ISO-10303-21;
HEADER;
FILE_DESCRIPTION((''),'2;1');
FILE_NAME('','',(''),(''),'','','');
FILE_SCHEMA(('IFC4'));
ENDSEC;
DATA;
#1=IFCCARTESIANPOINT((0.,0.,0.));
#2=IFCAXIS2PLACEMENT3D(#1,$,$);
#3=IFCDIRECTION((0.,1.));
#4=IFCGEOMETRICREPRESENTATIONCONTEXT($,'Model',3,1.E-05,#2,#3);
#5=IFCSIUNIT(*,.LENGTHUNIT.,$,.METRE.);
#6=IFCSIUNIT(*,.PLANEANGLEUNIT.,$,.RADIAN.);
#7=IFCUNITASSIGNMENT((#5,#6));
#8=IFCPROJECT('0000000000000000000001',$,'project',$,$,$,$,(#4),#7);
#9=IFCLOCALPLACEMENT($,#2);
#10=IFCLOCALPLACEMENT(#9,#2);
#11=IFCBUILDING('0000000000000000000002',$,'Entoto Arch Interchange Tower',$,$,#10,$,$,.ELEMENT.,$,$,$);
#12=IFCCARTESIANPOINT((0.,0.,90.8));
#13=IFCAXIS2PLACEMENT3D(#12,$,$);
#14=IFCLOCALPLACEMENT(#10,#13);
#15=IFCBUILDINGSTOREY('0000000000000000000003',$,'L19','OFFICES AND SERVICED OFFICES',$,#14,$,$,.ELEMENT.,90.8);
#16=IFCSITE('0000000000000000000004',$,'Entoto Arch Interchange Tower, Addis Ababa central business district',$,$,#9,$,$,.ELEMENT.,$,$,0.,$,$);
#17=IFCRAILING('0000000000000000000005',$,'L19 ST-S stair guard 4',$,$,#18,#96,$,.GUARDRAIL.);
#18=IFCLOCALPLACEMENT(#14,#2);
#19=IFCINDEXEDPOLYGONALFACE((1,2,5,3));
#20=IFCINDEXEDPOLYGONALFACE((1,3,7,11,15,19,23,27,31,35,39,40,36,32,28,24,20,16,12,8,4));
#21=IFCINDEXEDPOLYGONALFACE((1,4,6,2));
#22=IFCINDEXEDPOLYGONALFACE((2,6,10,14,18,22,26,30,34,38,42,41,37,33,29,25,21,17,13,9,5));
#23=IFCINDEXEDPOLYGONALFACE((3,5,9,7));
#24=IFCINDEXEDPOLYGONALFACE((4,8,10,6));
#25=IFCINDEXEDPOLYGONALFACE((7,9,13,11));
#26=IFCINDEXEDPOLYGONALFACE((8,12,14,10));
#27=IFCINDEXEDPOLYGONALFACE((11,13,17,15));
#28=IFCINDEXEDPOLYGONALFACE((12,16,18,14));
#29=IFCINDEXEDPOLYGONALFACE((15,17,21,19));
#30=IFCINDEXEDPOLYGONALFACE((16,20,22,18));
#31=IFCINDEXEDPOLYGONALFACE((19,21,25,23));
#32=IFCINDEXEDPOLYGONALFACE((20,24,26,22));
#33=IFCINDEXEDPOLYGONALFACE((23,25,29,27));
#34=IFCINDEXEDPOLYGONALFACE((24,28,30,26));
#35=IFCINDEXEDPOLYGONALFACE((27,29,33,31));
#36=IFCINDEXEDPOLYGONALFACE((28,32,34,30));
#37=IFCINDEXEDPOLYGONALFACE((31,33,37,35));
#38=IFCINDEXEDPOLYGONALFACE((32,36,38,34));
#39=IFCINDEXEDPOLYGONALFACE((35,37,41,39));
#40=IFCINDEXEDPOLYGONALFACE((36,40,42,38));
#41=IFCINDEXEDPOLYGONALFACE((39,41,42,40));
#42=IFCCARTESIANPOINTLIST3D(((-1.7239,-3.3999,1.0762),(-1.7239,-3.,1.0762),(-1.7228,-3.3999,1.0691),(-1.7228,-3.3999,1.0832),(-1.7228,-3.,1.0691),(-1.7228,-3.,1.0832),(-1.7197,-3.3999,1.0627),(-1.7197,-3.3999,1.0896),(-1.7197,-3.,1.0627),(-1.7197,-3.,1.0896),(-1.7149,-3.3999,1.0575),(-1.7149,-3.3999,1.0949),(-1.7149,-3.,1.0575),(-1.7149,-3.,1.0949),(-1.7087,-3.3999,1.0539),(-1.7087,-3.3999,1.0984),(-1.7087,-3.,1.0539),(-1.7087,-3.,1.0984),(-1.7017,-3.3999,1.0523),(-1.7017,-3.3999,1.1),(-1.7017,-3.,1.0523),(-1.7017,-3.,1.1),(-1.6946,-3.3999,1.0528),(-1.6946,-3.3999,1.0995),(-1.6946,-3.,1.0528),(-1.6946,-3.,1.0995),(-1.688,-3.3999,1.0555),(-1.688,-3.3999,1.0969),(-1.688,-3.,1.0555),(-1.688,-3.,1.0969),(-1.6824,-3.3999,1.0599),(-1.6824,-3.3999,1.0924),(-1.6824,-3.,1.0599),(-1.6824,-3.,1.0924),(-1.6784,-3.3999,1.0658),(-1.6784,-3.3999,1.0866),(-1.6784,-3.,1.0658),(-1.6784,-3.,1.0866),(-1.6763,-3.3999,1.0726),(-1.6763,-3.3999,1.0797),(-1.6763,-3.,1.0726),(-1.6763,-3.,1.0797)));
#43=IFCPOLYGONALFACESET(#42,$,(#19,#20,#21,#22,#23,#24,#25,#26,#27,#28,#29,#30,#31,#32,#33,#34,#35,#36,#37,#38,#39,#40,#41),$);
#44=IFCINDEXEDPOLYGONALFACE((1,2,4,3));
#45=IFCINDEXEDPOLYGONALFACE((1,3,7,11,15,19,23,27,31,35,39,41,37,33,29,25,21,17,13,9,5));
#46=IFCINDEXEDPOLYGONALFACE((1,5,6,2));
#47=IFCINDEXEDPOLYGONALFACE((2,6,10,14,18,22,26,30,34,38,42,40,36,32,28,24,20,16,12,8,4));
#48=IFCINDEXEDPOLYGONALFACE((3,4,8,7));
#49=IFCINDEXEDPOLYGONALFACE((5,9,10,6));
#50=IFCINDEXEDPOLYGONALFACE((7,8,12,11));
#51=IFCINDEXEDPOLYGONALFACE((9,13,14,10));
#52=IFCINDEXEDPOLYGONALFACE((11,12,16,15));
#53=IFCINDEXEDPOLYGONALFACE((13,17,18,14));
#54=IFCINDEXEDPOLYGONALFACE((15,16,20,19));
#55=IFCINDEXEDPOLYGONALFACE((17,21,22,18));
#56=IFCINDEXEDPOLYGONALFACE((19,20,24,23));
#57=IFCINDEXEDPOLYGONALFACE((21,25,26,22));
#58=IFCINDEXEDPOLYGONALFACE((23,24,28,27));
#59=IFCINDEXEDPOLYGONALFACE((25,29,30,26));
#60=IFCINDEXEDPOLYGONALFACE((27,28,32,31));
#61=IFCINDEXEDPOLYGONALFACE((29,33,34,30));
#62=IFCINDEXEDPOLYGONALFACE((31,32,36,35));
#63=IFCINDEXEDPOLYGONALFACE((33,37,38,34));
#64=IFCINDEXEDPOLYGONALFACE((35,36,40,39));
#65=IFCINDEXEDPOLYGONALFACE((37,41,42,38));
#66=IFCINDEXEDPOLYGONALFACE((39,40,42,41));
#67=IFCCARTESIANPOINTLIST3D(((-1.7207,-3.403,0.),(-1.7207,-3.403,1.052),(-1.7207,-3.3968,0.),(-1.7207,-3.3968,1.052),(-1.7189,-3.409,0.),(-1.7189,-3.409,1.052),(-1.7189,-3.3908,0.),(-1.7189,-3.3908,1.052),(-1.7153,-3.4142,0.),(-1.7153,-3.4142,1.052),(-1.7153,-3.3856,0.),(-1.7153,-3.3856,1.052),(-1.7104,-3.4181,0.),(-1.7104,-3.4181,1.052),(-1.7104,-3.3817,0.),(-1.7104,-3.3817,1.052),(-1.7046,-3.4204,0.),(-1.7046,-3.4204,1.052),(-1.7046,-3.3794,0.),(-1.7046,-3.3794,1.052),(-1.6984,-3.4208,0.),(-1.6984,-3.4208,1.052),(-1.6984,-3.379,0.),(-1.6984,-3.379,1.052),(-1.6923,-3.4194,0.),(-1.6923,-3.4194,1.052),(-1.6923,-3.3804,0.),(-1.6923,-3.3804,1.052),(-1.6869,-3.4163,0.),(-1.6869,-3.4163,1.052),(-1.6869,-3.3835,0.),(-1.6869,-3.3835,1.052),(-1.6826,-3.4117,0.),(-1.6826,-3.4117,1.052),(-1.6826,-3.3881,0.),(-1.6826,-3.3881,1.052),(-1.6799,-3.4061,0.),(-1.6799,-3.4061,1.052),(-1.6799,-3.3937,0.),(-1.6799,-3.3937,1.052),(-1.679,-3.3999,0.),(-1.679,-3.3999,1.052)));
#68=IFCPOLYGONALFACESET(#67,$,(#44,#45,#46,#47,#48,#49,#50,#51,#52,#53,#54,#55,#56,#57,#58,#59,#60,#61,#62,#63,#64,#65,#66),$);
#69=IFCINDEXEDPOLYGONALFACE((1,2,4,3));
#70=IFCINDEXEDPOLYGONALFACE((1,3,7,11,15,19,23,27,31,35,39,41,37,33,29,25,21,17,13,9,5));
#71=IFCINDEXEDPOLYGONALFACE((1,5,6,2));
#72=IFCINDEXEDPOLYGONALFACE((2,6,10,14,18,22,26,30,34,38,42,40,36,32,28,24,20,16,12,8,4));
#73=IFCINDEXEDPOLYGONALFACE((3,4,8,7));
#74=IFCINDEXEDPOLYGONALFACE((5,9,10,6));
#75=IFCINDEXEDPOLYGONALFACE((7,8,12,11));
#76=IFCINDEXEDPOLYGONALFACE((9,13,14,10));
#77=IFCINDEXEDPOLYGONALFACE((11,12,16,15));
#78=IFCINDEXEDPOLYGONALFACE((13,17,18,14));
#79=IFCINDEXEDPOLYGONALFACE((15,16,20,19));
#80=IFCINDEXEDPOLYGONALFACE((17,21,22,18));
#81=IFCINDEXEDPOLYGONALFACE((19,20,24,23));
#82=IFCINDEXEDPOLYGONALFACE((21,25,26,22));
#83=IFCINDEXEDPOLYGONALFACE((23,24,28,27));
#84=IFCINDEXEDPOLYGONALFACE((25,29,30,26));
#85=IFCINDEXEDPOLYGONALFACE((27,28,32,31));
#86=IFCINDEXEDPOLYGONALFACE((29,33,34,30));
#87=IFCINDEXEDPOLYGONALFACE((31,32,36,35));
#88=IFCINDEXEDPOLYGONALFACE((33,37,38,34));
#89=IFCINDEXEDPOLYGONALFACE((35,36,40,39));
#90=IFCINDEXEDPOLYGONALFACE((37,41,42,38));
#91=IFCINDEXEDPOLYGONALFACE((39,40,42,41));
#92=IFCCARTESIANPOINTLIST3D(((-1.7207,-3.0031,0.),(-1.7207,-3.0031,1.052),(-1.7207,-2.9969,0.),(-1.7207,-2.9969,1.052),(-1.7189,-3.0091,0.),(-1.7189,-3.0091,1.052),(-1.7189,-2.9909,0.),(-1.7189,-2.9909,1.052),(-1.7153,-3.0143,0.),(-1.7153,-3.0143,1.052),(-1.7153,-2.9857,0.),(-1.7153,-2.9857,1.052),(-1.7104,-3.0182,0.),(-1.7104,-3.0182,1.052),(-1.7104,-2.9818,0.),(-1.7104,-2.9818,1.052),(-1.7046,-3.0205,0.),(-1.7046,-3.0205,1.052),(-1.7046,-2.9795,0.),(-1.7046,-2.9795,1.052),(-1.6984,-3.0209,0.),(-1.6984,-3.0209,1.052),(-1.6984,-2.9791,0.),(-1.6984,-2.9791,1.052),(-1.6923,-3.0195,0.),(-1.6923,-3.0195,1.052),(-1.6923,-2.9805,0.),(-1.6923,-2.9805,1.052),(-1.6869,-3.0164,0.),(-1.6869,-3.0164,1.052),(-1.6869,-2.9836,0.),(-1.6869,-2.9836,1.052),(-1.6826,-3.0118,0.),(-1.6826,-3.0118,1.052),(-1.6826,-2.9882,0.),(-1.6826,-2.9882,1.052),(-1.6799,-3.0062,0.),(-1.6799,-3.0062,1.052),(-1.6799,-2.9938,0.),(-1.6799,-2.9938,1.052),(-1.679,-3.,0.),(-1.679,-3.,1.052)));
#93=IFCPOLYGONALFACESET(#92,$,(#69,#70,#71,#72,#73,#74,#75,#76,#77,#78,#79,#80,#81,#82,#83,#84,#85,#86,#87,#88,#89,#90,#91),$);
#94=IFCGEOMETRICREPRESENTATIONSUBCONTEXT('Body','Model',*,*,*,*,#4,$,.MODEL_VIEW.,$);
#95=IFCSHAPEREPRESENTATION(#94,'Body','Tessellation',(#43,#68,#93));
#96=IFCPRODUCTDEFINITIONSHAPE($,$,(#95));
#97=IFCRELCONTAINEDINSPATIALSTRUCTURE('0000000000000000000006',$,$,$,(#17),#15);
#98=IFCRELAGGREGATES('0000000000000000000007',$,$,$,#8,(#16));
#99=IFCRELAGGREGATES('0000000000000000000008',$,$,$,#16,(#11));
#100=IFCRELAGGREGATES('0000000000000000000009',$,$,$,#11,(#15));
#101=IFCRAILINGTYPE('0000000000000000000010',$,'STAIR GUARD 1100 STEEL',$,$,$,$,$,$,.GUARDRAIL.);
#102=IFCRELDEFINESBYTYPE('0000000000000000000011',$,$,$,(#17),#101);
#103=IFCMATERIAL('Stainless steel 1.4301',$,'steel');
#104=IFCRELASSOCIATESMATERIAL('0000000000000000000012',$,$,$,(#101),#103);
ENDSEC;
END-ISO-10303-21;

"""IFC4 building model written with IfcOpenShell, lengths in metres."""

from ifc_helpers import new_model, si_unit, direction, frame, origin, origin_2d, place, context, subcontext, project, spatial, circle, extrude, material, type_object, element, save


model = new_model("IFC4")

# Units and contexts
model_context = context("Model", 3, precision=1e-05, world=origin(), true_north=direction((0.0, 1.0)))
body_context = subcontext(model_context, "Body", "Model", "MODEL_VIEW")
ifc_project = project(units=[si_unit("LENGTHUNIT", "METRE"), si_unit("PLANEANGLEUNIT", "RADIAN")], contexts=[model_context])

# Site, building, storey
site_placement = place(None, origin())
site = spatial("IfcSite", under=ifc_project, at=site_placement, Name="Entoto Arch Interchange Tower, Addis Ababa central business district", CompositionType="ELEMENT", RefElevation=0.0)
building_placement = place(site_placement, origin())
building = spatial("IfcBuilding", under=site, at=building_placement, Name="Entoto Arch Interchange Tower", CompositionType="ELEMENT")
storey_placement = place(building_placement, frame((0.0, 0.0, 90.8)))
storey = spatial("IfcBuildingStorey", under=building, at=storey_placement, Name="L19", Description="OFFICES AND SERVICED OFFICES", CompositionType="ELEMENT", Elevation=90.8)

# Railing
ifc_material_1 = material(Name="Stainless steel 1.4301", Category="steel")
railing_type_1 = type_object("IfcRailingType", Name="STAIR GUARD 1100 STEEL", PredefinedType="GUARDRAIL", material=ifc_material_1)
railing_1_placement = place(storey_placement, frame((-1.7, -3.3999, 0.0)))
element("IfcRailing", 1, at=railing_1_placement, inside=storey, type_object=railing_type_1, Name="L19 ST-S stair guard 4", PredefinedType="GUARDRAIL", context=body_context, shape_type="SweptSolid", body=[
    extrude(circle(Radius=0.0239, at=origin_2d()), frame((0.0, 0.0, 1.0762), z_axis=(0.0, 1.0, 0.0), x_axis=(-1.0, 0.0, 0.0)), (0.0, 0.0, 1.0), 0.3999),
    extrude(circle(Radius=0.021, at=origin_2d()), origin(), (0.0, 0.0, 1.0), 1.052),
    extrude(circle(Radius=0.021, at=origin_2d()), frame((0.0, 0.3999, 0.0)), (0.0, 0.0, 1.0), 1.052),
])

save(model, "model.ifc")
